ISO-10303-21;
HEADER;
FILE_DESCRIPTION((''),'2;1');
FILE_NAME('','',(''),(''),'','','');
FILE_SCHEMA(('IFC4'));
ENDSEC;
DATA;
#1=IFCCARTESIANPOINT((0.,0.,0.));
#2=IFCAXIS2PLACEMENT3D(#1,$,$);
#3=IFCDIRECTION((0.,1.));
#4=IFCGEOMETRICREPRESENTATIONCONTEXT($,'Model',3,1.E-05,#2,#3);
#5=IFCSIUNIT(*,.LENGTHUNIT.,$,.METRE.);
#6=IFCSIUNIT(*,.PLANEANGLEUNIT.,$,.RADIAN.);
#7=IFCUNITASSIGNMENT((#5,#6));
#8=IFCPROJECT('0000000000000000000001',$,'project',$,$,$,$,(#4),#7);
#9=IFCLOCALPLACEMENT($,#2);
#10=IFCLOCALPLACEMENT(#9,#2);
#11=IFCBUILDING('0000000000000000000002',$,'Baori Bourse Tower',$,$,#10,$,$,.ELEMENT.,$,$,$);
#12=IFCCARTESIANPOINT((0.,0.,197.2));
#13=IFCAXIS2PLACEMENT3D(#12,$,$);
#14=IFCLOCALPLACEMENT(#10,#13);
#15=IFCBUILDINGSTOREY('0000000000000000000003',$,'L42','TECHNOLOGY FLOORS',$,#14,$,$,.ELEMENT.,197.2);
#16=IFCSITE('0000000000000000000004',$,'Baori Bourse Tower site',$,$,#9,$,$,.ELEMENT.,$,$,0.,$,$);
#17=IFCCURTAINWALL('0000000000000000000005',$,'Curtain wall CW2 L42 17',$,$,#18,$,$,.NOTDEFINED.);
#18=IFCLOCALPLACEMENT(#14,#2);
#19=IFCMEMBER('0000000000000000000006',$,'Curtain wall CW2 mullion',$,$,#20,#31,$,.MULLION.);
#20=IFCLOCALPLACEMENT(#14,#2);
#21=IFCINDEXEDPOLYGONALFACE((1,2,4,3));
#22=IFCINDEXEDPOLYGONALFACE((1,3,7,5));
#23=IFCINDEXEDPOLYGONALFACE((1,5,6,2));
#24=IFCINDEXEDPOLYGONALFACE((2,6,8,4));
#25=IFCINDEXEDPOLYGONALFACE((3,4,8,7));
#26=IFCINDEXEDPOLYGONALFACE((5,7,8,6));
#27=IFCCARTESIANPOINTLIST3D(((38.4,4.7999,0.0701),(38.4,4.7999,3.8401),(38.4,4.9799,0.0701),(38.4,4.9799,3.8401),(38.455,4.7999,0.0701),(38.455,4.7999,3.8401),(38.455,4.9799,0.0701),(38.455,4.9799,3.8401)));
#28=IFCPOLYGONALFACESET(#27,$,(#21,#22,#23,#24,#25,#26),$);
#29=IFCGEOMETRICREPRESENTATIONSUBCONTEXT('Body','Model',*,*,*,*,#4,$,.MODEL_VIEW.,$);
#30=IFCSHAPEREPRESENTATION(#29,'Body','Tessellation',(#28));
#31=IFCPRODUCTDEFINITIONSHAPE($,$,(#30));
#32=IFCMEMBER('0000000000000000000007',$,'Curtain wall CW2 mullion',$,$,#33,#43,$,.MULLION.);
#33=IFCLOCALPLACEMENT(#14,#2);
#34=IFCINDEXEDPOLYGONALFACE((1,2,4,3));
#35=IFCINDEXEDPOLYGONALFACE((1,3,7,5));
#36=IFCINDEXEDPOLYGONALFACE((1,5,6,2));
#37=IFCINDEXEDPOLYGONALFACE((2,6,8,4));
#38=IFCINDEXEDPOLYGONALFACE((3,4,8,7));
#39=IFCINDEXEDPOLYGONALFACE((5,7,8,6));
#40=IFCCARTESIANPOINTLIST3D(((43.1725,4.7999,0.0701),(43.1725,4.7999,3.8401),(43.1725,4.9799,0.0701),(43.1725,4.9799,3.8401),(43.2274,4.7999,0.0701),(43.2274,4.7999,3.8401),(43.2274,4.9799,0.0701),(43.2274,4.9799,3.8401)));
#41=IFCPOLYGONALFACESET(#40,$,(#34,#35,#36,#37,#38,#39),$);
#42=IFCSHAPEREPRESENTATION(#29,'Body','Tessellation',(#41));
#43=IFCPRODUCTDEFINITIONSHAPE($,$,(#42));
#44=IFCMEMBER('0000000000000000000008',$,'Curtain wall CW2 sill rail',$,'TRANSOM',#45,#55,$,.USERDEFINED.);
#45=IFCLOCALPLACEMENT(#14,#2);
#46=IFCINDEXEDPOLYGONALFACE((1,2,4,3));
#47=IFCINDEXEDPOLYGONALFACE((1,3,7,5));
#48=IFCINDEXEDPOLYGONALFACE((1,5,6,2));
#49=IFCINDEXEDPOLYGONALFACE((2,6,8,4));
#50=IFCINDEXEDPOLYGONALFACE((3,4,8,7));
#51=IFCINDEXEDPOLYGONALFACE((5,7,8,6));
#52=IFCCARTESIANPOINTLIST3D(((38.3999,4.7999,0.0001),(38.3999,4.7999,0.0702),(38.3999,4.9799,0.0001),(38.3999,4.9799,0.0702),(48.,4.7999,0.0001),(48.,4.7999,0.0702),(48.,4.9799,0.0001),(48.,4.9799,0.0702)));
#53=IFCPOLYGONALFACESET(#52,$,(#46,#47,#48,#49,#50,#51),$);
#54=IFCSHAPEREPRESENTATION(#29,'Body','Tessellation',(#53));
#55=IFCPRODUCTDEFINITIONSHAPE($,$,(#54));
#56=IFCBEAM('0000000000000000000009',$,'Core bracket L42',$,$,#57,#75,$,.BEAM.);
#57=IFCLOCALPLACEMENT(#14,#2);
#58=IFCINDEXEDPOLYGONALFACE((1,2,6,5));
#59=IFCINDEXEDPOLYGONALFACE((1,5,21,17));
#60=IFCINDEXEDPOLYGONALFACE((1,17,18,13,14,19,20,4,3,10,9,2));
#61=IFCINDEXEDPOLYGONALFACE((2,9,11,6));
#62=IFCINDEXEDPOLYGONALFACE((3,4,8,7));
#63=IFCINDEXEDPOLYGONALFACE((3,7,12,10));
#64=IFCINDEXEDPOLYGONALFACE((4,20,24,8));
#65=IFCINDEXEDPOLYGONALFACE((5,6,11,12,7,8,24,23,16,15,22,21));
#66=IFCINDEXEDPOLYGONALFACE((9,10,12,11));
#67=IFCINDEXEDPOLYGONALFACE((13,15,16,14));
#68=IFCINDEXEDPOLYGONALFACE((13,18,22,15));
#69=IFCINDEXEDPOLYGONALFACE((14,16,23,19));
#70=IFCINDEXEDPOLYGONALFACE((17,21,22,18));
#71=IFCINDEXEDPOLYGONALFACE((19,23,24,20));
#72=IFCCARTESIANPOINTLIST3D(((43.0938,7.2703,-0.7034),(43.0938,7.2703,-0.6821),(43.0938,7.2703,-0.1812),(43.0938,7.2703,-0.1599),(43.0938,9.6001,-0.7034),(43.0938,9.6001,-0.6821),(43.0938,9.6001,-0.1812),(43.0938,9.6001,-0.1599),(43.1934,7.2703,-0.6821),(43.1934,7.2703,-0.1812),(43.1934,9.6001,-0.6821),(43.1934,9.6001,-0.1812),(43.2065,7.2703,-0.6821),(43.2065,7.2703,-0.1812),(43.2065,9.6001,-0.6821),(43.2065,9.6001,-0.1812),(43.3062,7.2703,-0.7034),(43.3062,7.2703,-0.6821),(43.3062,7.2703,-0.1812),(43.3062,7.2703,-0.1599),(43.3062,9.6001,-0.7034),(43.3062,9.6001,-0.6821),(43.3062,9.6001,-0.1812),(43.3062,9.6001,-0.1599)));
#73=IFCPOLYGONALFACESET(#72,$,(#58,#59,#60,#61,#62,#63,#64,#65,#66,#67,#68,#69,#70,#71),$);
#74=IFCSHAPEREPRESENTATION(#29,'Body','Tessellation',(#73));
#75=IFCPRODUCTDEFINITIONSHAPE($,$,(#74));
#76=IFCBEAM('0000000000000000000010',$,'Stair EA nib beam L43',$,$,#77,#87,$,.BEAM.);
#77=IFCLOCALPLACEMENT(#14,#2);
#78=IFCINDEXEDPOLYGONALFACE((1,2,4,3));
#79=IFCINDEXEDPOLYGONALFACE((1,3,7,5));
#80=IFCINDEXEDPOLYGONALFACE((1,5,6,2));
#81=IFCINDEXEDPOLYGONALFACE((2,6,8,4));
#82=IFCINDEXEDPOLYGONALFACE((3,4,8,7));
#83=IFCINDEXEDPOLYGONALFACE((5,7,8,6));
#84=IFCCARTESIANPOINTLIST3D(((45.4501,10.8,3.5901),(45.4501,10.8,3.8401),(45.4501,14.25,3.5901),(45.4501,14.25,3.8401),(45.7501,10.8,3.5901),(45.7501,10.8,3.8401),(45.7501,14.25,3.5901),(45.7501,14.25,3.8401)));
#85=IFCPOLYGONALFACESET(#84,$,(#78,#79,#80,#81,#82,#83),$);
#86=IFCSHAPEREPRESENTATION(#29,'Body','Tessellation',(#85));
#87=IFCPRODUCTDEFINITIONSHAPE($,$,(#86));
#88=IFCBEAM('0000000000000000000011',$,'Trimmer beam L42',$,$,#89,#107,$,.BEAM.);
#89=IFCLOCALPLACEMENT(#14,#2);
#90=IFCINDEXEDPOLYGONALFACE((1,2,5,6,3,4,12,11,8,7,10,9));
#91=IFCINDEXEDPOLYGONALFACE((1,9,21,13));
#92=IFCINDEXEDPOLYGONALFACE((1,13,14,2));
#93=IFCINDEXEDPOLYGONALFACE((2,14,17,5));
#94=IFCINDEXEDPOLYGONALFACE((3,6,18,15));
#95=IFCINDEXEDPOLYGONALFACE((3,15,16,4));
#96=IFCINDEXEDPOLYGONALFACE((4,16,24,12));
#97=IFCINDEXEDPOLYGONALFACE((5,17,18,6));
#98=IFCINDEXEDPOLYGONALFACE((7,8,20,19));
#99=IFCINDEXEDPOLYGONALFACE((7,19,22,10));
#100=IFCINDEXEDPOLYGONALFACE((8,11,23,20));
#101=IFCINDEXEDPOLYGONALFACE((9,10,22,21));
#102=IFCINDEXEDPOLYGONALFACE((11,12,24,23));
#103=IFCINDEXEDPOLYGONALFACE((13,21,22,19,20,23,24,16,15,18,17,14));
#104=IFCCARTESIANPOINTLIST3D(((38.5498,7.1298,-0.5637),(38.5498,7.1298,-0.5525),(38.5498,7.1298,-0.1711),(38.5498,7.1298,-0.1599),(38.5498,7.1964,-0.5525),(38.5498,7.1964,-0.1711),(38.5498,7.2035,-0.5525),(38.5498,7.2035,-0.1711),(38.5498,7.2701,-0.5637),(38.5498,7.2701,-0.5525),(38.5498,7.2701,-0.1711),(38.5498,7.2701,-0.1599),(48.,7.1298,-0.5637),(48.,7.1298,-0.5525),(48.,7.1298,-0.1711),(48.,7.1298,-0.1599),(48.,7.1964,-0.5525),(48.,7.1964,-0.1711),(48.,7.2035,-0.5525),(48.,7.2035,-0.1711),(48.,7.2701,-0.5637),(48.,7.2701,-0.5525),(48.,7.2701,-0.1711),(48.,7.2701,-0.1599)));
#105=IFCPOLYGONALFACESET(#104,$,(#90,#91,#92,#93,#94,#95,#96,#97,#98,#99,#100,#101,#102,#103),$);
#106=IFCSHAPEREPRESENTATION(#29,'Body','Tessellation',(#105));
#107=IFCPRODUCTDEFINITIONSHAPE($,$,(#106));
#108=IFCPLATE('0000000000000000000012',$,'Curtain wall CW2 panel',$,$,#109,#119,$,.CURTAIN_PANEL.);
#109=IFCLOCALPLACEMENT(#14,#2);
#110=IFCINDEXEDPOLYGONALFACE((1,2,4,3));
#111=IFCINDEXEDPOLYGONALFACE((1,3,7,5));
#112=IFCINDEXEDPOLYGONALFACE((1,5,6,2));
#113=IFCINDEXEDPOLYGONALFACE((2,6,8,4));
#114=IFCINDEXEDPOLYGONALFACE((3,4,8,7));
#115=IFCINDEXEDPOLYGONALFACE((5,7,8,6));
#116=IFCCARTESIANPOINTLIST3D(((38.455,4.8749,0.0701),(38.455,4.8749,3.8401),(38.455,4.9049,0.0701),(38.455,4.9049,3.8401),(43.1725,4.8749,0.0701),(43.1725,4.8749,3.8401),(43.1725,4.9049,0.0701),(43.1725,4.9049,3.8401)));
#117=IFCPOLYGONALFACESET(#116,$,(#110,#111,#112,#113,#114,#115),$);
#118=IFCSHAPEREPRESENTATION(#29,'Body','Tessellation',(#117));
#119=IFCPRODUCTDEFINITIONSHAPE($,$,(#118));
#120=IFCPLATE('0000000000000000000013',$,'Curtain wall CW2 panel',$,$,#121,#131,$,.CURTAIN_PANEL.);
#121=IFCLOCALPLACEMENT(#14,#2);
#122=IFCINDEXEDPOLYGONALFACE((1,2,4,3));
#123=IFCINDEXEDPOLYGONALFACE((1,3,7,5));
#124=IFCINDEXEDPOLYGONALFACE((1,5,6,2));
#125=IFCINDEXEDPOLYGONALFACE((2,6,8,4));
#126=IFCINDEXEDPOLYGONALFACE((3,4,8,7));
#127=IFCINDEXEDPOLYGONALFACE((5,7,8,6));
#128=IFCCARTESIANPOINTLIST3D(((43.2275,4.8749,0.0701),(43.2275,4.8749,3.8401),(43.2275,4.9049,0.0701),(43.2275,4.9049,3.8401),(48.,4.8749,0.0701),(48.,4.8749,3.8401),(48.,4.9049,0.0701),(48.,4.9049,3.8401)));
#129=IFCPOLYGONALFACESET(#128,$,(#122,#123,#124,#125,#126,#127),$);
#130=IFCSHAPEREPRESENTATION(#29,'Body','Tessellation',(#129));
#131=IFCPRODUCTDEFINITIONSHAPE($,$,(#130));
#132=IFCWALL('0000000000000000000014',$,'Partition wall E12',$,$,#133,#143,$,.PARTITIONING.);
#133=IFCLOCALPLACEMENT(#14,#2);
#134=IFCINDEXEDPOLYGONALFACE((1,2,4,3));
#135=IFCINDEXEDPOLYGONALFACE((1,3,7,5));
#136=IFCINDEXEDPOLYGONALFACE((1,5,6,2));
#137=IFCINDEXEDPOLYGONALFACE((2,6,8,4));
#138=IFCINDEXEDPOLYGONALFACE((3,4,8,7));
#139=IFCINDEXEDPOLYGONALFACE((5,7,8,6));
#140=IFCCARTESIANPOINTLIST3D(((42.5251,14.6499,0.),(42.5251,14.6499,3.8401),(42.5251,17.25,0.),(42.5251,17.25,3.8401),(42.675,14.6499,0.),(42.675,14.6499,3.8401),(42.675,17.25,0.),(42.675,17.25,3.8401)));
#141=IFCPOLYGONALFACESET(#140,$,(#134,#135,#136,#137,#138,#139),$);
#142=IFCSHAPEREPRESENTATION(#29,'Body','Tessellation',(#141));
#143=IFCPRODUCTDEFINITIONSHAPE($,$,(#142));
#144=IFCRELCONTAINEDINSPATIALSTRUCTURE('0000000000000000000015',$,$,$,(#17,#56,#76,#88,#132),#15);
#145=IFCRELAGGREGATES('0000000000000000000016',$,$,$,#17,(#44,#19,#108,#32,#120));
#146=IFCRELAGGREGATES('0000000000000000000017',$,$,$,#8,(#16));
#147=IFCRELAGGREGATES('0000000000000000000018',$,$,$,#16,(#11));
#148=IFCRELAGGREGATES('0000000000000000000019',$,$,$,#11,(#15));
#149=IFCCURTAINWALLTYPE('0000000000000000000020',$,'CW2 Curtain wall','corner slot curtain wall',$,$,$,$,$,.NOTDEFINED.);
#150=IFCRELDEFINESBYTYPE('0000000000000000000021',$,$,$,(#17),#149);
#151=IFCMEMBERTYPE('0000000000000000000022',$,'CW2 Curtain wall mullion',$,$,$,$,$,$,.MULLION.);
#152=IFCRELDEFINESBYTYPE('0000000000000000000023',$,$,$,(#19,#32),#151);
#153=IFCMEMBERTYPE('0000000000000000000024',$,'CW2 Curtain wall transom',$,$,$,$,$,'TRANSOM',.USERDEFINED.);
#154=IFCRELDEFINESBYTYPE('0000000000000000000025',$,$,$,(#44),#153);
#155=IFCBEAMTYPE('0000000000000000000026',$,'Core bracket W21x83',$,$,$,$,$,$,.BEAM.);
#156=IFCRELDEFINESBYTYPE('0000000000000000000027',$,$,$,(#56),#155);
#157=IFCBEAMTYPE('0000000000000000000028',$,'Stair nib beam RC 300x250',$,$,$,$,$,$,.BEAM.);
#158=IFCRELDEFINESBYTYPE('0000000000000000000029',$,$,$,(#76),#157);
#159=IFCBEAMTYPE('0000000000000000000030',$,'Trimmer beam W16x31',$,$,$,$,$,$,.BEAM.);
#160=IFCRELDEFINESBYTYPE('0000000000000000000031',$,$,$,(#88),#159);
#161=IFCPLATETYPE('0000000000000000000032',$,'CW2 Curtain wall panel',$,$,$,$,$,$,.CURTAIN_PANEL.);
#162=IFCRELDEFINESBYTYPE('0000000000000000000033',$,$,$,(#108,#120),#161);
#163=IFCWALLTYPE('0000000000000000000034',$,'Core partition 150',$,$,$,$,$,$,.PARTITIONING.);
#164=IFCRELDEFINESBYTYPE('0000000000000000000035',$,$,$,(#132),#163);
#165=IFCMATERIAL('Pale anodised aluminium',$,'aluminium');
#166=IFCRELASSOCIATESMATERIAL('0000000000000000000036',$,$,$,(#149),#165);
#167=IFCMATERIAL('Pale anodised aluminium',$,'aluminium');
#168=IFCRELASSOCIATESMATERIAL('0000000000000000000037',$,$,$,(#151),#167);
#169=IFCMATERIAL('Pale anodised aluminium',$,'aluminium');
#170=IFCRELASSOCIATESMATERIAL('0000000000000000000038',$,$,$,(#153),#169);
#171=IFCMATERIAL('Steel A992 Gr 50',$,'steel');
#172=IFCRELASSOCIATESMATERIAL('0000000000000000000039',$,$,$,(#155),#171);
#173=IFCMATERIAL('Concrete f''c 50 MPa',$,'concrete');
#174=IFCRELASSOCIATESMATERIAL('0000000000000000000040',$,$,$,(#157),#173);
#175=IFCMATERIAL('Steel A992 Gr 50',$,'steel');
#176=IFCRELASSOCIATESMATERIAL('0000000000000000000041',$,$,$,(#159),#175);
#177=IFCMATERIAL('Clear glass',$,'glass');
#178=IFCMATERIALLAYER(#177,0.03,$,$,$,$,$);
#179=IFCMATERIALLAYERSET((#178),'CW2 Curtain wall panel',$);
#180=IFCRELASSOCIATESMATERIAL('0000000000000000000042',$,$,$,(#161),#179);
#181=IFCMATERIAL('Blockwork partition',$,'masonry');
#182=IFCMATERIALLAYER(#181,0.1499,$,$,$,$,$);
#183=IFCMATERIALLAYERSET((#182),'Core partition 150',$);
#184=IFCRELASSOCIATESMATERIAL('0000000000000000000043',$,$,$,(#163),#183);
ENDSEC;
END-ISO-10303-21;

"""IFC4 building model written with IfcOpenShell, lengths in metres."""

from ifc_helpers import new_model, si_unit, direction, frame, frame_2d, origin, origin_2d, place, context, subcontext, project, spatial, rectangle, i_section, extrude, material, layer, layer_set, material_profile, profile_set, type_object, element, aggregate, save


model = new_model("IFC4")

# Units and contexts
model_context = context("Model", 3, precision=1e-05, world=origin(), true_north=direction((0.0, 1.0)))
body_context = subcontext(model_context, "Body", "Model", "MODEL_VIEW")
ifc_project = project(units=[si_unit("LENGTHUNIT", "METRE"), si_unit("PLANEANGLEUNIT", "RADIAN")], contexts=[model_context])

# Site, building, storey
site_placement = place(None, origin())
site = spatial("IfcSite", under=ifc_project, at=site_placement, Name="Baori Bourse Tower site", CompositionType="ELEMENT", RefElevation=0.0)
building_placement = place(site_placement, origin())
building = spatial("IfcBuilding", under=site, at=building_placement, Name="Baori Bourse Tower", CompositionType="ELEMENT")
storey_placement = place(building_placement, frame((0.0, 0.0, 197.2)))
storey = spatial("IfcBuildingStorey", under=building, at=storey_placement, Name="L42", Description="TECHNOLOGY FLOORS", CompositionType="ELEMENT", Elevation=197.2)

# Curtain wall, members
ifc_material_1 = material(Name="Pale anodised aluminium", Category="aluminium")
curtain_wall_type = type_object("IfcCurtainWallType", Name="CW2 Curtain wall", Description="corner slot curtain wall", PredefinedType="NOTDEFINED", material=ifc_material_1)
curtain_wall_placement = place(storey_placement, origin())
curtain_wall = element("IfcCurtainWall", 1, at=curtain_wall_placement, inside=storey, type_object=curtain_wall_type, Name="Curtain wall CW2 L42 17", PredefinedType="NOTDEFINED")
ifc_material_2 = material(Name="Pale anodised aluminium", Category="aluminium")
ifc_material_profile_1 = material_profile(ifc_material_2, rectangle(XDim=0.1799, YDim=0.0549, at=origin_2d()), Name="Mullion 55x180")
ifc_profile_set_1 = profile_set([ifc_material_profile_1], Name="Pale anodised aluminium")
member_type_1 = type_object("IfcMemberType", Name="CW2 Curtain wall mullion", PredefinedType="MULLION", material=ifc_profile_set_1)
member_1_placement = place(storey_placement, frame((38.4275, 4.8899, 0.0701), z_axis=(0.0, 0.0, 1.0), x_axis=(0.0, 1.0, 0.0)))
member_1 = element("IfcMember", 2, at=member_1_placement, type_object=member_type_1, Name="Curtain wall CW2 mullion", PredefinedType="MULLION", context=body_context, shape_type="SweptSolid", body=[
    extrude(rectangle(XDim=0.1799, YDim=0.0549, at=origin_2d()), origin(), (0.0, 0.0, 1.0), 3.77),
])
member_2_placement = place(storey_placement, frame((43.2, 4.8899, 0.0701), z_axis=(0.0, 0.0, 1.0), x_axis=(0.0, 1.0, 0.0)))
member_2 = element("IfcMember", 3, at=member_2_placement, type_object=member_type_1, Name="Curtain wall CW2 mullion", PredefinedType="MULLION", context=body_context, shape_type="SweptSolid", body=[
    extrude(rectangle(XDim=0.1799, YDim=0.0549, at=origin_2d()), origin(), (0.0, 0.0, 1.0), 3.77),
])
ifc_material_3 = material(Name="Pale anodised aluminium", Category="aluminium")
ifc_material_profile_2 = material_profile(ifc_material_3, rectangle(XDim=0.1799, YDim=0.0701, at=origin_2d()), Name="Transom 70x180")
ifc_profile_set_2 = profile_set([ifc_material_profile_2], Name="Pale anodised aluminium")
member_type_2 = type_object("IfcMemberType", Name="CW2 Curtain wall transom", ElementType="TRANSOM", PredefinedType="USERDEFINED", material=ifc_profile_set_2)
member_3_placement = place(storey_placement, frame((38.3999, 4.8899, 0.0352), z_axis=(1.0, 0.0, 0.0), x_axis=(0.0, 1.0, 0.0)))
member_3 = element("IfcMember", 4, at=member_3_placement, type_object=member_type_2, Name="Curtain wall CW2 sill rail", ObjectType="TRANSOM", PredefinedType="USERDEFINED", context=body_context, shape_type="SweptSolid", body=[
    extrude(rectangle(XDim=0.1799, YDim=0.0701, at=origin_2d()), origin(), (0.0, 0.0, 1.0), 9.6001),
])

# Beams
ifc_material_4 = material(Name="Steel A992 Gr 50", Category="steel")
ifc_material_profile_3 = material_profile(ifc_material_4, i_section(OverallWidth=0.2124, OverallDepth=0.5435, WebThickness=0.0132, FlangeThickness=0.0212, at=origin_2d()), Name="W21x83")
ifc_profile_set_3 = profile_set([ifc_material_profile_3], Name="Steel A992 Gr 50")
beam_type_1 = type_object("IfcBeamType", Name="Core bracket W21x83", PredefinedType="BEAM", material=ifc_profile_set_3)
beam_1_placement = place(storey_placement, frame((43.2, 7.2703, -0.4316), z_axis=(0.0, 1.0, 0.0), x_axis=(-1.0, 0.0, 0.0)))
element("IfcBeam", 5, at=beam_1_placement, inside=storey, type_object=beam_type_1, Name="Core bracket L42", PredefinedType="BEAM", context=body_context, shape_type="SweptSolid", body=[
    extrude(i_section(OverallWidth=0.2124, OverallDepth=0.5435, WebThickness=0.0132, FlangeThickness=0.0212, at=origin_2d()), origin(), (0.0, 0.0, 1.0), 2.3298),
])
ifc_material_5 = material(Name="Concrete f'c 50 MPa", Category="concrete")
ifc_material_profile_4 = material_profile(ifc_material_5, rectangle(XDim=0.3, YDim=0.25, at=origin_2d()), Name="RC 300x250")
ifc_profile_set_4 = profile_set([ifc_material_profile_4], Name="Concrete f'c 50 MPa")
beam_type_2 = type_object("IfcBeamType", Name="Stair nib beam RC 300x250", PredefinedType="BEAM", material=ifc_profile_set_4)
beam_2_placement = place(storey_placement, frame((45.6001, 10.8, 3.7151), z_axis=(0.0, 1.0, 0.0), x_axis=(-1.0, 0.0, 0.0)))
element("IfcBeam", 6, at=beam_2_placement, inside=storey, type_object=beam_type_2, Name="Stair EA nib beam L43", PredefinedType="BEAM", context=body_context, shape_type="SweptSolid", body=[
    extrude(rectangle(XDim=0.3, YDim=0.25, at=origin_2d()), origin(), (0.0, 0.0, 1.0), 3.45),
])
ifc_material_6 = material(Name="Steel A992 Gr 50", Category="steel")
ifc_material_profile_5 = material_profile(ifc_material_6, i_section(OverallWidth=0.1404, OverallDepth=0.4038, WebThickness=0.0071, FlangeThickness=0.0112, at=origin_2d()), Name="W16x31")
ifc_profile_set_5 = profile_set([ifc_material_profile_5], Name="Steel A992 Gr 50")
beam_type_3 = type_object("IfcBeamType", Name="Trimmer beam W16x31", PredefinedType="BEAM", material=ifc_profile_set_5)
beam_3_placement = place(storey_placement, frame((38.5498, 7.2, -0.3618), z_axis=(1.0, 0.0, 0.0), x_axis=(0.0, 1.0, 0.0)))
element("IfcBeam", 7, at=beam_3_placement, inside=storey, type_object=beam_type_3, Name="Trimmer beam L42", PredefinedType="BEAM", context=body_context, shape_type="SweptSolid", body=[
    extrude(i_section(OverallWidth=0.1404, OverallDepth=0.4038, WebThickness=0.0071, FlangeThickness=0.0112, at=origin_2d()), origin(), (0.0, 0.0, 1.0), 9.4502),
])

# Plates
ifc_material_7 = material(Name="Clear glass", Category="glass")
ifc_layer_1 = layer(ifc_material_7, 0.03)
ifc_layer_set_1 = layer_set([ifc_layer_1], Name="CW2 Curtain wall panel")
plate_type = type_object("IfcPlateType", Name="CW2 Curtain wall panel", PredefinedType="CURTAIN_PANEL", material=ifc_layer_set_1)
plate_1_placement = place(storey_placement, frame((40.8137, 4.8899, 0.0701), z_axis=(0.0, 0.0, 1.0), x_axis=(1.0, 0.0, 0.0)))
plate_1 = element("IfcPlate", 8, at=plate_1_placement, type_object=plate_type, Name="Curtain wall CW2 panel", PredefinedType="CURTAIN_PANEL", context=body_context, shape_type="SweptSolid", body=[
    extrude(rectangle(XDim=4.7175, YDim=0.03, at=origin_2d()), origin(), (0.0, 0.0, 1.0), 3.77),
])
plate_2_placement = place(storey_placement, frame((45.6138, 4.8899, 0.0701), z_axis=(0.0, 0.0, 1.0), x_axis=(1.0, 0.0, 0.0)))
plate_2 = element("IfcPlate", 9, at=plate_2_placement, type_object=plate_type, Name="Curtain wall CW2 panel", PredefinedType="CURTAIN_PANEL", context=body_context, shape_type="SweptSolid", body=[
    extrude(rectangle(XDim=4.7725, YDim=0.03, at=origin_2d()), origin(), (0.0, 0.0, 1.0), 3.77),
])
aggregate(curtain_wall, [member_3, member_1, plate_1, member_2, plate_2])

# Wall
ifc_material_8 = material(Name="Blockwork partition", Category="masonry")
ifc_layer_2 = layer(ifc_material_8, 0.1499)
ifc_layer_set_2 = layer_set([ifc_layer_2], Name="Core partition 150")
wall_type_1 = type_object("IfcWallType", Name="Core partition 150", PredefinedType="PARTITIONING", material=ifc_layer_set_2)
wall_1_placement = place(storey_placement, frame((42.6001, 14.6499, 0.0), z_axis=(0.0, 0.0, 1.0), x_axis=(0.0, 1.0, 0.0)))
element("IfcWall", 10, at=wall_1_placement, inside=storey, type_object=wall_type_1, Name="Partition wall E12", PredefinedType="PARTITIONING", context=body_context, shape_type="SweptSolid", body=[
    extrude(rectangle(XDim=2.6001, YDim=0.1499, at=frame_2d((1.3, 0.0))), origin(), (0.0, 0.0, 1.0), 3.8401),
])

save(model, "model.ifc")
